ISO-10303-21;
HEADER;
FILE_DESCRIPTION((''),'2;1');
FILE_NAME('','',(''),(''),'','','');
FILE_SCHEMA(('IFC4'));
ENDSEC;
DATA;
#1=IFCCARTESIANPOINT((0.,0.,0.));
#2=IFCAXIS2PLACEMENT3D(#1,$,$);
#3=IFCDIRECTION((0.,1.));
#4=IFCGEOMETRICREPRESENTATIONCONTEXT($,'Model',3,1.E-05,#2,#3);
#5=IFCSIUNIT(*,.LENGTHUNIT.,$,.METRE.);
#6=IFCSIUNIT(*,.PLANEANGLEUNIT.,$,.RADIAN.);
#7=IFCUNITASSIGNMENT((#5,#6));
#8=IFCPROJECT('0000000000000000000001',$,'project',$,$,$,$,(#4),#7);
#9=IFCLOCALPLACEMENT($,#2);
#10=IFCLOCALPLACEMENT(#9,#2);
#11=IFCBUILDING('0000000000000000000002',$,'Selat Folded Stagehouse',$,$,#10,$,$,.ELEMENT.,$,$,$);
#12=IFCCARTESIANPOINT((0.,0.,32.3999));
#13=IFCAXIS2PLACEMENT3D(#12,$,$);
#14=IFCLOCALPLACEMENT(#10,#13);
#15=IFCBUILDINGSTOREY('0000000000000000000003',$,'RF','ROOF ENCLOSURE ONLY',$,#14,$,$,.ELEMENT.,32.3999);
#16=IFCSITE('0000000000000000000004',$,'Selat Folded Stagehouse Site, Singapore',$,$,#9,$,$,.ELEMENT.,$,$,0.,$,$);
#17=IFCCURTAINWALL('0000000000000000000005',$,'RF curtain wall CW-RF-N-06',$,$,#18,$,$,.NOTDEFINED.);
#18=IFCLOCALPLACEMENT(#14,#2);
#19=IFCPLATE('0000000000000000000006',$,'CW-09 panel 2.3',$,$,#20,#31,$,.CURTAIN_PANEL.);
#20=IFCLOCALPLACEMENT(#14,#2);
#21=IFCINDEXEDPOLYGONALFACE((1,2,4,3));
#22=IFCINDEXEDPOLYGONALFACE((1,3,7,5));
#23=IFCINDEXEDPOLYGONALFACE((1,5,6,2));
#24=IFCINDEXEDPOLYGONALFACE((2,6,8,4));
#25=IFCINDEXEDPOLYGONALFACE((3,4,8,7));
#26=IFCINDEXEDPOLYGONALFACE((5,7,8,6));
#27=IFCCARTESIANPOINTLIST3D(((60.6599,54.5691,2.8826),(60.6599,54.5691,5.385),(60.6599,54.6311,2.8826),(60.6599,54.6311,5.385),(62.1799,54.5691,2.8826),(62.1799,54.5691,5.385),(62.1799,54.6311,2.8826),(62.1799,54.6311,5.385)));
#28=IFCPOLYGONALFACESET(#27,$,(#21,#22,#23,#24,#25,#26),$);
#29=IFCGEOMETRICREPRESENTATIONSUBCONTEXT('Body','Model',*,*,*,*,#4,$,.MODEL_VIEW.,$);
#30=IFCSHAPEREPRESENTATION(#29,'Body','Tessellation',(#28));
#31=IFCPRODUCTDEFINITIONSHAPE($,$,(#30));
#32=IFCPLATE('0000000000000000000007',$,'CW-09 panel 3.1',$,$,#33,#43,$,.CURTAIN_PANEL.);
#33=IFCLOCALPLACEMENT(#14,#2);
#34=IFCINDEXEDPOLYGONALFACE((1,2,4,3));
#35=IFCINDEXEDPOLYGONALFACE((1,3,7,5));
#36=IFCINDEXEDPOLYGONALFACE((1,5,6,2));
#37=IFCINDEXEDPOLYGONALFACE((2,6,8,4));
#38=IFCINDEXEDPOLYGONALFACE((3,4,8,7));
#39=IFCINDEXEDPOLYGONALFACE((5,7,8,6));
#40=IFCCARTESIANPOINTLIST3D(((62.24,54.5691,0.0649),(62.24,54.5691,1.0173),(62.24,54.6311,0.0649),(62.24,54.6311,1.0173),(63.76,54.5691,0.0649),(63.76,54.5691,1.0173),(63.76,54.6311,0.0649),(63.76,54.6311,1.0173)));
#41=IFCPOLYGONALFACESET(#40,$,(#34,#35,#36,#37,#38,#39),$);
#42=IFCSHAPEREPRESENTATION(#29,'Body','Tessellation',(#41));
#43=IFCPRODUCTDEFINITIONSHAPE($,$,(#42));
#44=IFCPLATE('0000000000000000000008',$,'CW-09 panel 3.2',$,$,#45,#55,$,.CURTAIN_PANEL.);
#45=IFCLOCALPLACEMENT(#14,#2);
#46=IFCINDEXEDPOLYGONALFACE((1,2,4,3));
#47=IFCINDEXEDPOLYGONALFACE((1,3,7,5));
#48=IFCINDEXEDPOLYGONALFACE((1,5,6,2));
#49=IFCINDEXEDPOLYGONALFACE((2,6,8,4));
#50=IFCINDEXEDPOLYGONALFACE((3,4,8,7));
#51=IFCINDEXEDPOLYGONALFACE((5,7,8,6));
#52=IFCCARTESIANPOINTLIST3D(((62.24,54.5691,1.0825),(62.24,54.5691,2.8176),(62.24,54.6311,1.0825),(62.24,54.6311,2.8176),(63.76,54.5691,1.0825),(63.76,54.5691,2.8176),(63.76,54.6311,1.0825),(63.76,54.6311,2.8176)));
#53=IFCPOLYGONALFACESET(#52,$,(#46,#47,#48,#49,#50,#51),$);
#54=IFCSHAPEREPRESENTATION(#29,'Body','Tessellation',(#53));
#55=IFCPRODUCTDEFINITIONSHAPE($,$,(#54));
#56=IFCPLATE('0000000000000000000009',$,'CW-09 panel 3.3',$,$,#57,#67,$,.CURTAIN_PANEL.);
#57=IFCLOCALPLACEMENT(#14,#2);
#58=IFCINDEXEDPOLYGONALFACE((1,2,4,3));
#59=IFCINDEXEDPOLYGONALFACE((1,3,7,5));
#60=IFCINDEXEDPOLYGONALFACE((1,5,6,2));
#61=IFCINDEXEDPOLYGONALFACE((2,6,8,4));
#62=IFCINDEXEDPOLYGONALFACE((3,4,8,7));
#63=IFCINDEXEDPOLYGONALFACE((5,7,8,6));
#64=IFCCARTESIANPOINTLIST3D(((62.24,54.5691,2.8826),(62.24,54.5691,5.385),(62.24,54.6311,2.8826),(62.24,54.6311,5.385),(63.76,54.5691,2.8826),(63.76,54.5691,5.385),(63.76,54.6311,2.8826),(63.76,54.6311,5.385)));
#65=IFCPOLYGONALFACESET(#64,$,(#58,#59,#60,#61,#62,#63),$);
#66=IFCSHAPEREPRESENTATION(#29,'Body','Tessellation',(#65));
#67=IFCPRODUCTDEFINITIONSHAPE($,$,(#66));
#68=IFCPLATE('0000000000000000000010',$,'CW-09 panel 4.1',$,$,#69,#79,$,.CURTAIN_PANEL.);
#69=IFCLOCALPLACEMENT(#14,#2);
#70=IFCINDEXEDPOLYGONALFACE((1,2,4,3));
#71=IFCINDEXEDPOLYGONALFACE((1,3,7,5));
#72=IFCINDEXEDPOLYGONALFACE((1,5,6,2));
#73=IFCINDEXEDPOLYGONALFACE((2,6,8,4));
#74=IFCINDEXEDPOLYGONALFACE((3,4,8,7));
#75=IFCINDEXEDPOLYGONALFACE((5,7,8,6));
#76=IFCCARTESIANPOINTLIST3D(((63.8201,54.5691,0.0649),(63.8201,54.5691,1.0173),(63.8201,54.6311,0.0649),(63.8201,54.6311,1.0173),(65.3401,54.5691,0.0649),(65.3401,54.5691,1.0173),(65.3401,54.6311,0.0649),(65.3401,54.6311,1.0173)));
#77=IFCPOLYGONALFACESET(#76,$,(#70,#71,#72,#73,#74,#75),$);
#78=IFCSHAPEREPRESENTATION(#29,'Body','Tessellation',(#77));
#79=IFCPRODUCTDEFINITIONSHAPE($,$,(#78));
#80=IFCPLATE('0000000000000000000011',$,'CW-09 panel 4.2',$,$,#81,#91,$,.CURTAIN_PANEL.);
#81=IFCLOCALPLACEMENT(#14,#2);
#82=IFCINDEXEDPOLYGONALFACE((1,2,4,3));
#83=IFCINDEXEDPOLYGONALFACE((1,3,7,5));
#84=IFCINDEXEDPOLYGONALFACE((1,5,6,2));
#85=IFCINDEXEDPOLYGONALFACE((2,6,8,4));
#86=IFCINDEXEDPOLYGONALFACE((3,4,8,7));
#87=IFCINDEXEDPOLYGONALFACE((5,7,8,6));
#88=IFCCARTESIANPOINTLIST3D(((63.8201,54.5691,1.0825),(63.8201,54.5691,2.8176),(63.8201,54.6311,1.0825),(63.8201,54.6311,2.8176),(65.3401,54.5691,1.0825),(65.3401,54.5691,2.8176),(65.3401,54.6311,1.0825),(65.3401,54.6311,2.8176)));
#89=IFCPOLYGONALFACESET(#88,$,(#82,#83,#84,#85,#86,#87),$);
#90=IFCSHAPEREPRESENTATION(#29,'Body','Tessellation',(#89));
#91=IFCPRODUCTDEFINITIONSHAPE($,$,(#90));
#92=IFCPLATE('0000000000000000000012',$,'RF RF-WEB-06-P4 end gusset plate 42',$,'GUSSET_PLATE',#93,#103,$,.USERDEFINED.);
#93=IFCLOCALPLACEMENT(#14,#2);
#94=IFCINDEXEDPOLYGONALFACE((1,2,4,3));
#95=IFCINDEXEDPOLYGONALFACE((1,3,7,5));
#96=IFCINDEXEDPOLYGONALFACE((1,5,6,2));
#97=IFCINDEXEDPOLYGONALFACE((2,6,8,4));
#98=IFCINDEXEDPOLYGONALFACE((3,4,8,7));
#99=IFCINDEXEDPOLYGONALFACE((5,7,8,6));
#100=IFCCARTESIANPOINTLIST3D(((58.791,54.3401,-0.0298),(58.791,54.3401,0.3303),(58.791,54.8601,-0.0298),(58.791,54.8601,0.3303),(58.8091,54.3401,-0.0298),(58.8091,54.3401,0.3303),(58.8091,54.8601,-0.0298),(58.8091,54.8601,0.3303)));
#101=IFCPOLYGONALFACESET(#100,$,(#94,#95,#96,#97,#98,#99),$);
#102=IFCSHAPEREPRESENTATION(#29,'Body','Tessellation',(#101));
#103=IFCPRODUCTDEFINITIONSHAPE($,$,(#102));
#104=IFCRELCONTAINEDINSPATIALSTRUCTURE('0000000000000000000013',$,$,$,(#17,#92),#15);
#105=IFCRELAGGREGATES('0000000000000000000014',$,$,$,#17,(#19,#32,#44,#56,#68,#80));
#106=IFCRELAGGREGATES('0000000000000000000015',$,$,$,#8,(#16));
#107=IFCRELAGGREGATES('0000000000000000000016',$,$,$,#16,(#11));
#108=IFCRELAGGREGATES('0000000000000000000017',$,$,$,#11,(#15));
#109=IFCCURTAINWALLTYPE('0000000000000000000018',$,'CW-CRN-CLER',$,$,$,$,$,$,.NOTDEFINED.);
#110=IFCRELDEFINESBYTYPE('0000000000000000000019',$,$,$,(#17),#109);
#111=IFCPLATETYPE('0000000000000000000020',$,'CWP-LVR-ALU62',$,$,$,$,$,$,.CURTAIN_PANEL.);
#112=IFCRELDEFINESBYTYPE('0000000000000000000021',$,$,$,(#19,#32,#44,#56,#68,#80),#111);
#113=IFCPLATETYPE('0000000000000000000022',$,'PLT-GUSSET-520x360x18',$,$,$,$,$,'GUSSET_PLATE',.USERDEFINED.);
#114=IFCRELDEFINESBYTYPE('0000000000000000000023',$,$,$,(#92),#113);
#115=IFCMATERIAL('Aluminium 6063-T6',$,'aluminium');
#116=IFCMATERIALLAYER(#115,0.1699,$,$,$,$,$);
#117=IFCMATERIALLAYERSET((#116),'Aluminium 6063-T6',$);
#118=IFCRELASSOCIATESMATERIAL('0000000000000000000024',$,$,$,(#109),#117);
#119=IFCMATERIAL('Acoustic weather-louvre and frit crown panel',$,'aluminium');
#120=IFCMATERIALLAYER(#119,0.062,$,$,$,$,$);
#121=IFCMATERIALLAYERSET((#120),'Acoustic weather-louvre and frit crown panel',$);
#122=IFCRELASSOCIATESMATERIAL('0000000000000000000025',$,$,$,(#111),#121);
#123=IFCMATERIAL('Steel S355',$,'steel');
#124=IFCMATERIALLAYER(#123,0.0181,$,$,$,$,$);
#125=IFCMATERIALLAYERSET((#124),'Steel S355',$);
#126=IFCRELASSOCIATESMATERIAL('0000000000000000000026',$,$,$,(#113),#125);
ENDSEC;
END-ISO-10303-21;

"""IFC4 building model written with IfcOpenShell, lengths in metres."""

from ifc_helpers import new_model, si_unit, direction, frame, origin, origin_2d, place, context, subcontext, project, spatial, rectangle, extrude, material, layer, layer_set, type_object, element, aggregate, save


model = new_model("IFC4")

# Units and contexts
model_context = context("Model", 3, precision=1e-05, world=origin(), true_north=direction((0.0, 1.0)))
body_context = subcontext(model_context, "Body", "Model", "MODEL_VIEW")
ifc_project = project(units=[si_unit("LENGTHUNIT", "METRE"), si_unit("PLANEANGLEUNIT", "RADIAN")], contexts=[model_context])

# Site, building, storey
site_placement = place(None, origin())
site = spatial("IfcSite", under=ifc_project, at=site_placement, Name="Selat Folded Stagehouse Site, Singapore", CompositionType="ELEMENT", RefElevation=0.0)
building_placement = place(site_placement, origin())
building = spatial("IfcBuilding", under=site, at=building_placement, Name="Selat Folded Stagehouse", CompositionType="ELEMENT")
storey_placement = place(building_placement, frame((0.0, 0.0, 32.3999)))
storey = spatial("IfcBuildingStorey", under=building, at=storey_placement, Name="RF", Description="ROOF ENCLOSURE ONLY", CompositionType="ELEMENT", Elevation=32.3999)

# Shared definitions
ifc_material_1 = material(Name="Steel S355", Category="steel")

# Curtain wall
ifc_material_2 = material(Name="Aluminium 6063-T6", Category="aluminium")
ifc_layer_1 = layer(ifc_material_2, 0.1699)
ifc_layer_set_1 = layer_set([ifc_layer_1], Name="Aluminium 6063-T6")
curtain_wall_type = type_object("IfcCurtainWallType", Name="CW-CRN-CLER", PredefinedType="NOTDEFINED", material=ifc_layer_set_1)
curtain_wall_placement = place(storey_placement, origin())
curtain_wall = element("IfcCurtainWall", 1, at=curtain_wall_placement, inside=storey, type_object=curtain_wall_type, Name="RF curtain wall CW-RF-N-06", PredefinedType="NOTDEFINED")

# Plates
ifc_material_3 = material(Name="Acoustic weather-louvre and frit crown panel", Category="aluminium")
ifc_layer_2 = layer(ifc_material_3, 0.062)
ifc_layer_set_2 = layer_set([ifc_layer_2], Name="Acoustic weather-louvre and frit crown panel")
plate_type_1 = type_object("IfcPlateType", Name="CWP-LVR-ALU62", PredefinedType="CURTAIN_PANEL", material=ifc_layer_set_2)
plate_1_placement = place(storey_placement, frame((61.4199, 54.6001, 2.8826), z_axis=(0.0, 0.0, 1.0), x_axis=(1.0, 0.0, 0.0)))
plate_1 = element("IfcPlate", 2, at=plate_1_placement, type_object=plate_type_1, Name="CW-09 panel 2.3", PredefinedType="CURTAIN_PANEL", context=body_context, shape_type="SweptSolid", body=[
    extrude(rectangle(XDim=1.52, YDim=0.062, at=origin_2d()), origin(), (0.0, 0.0, 1.0), 2.5024),
])
plate_2_placement = place(storey_placement, frame((63.0, 54.6001, 0.0649), z_axis=(0.0, 0.0, 1.0), x_axis=(1.0, 0.0, 0.0)))
plate_2 = element("IfcPlate", 3, at=plate_2_placement, type_object=plate_type_1, Name="CW-09 panel 3.1", PredefinedType="CURTAIN_PANEL", context=body_context, shape_type="SweptSolid", body=[
    extrude(rectangle(XDim=1.52, YDim=0.062, at=origin_2d()), origin(), (0.0, 0.0, 1.0), 0.9524),
])
plate_3_placement = place(storey_placement, frame((63.0, 54.6001, 1.0825), z_axis=(0.0, 0.0, 1.0), x_axis=(1.0, 0.0, 0.0)))
plate_3 = element("IfcPlate", 4, at=plate_3_placement, type_object=plate_type_1, Name="CW-09 panel 3.2", PredefinedType="CURTAIN_PANEL", context=body_context, shape_type="SweptSolid", body=[
    extrude(rectangle(XDim=1.52, YDim=0.062, at=origin_2d()), origin(), (0.0, 0.0, 1.0), 1.7351),
])
plate_4_placement = place(storey_placement, frame((63.0, 54.6001, 2.8826), z_axis=(0.0, 0.0, 1.0), x_axis=(1.0, 0.0, 0.0)))
plate_4 = element("IfcPlate", 5, at=plate_4_placement, type_object=plate_type_1, Name="CW-09 panel 3.3", PredefinedType="CURTAIN_PANEL", context=body_context, shape_type="SweptSolid", body=[
    extrude(rectangle(XDim=1.52, YDim=0.062, at=origin_2d()), origin(), (0.0, 0.0, 1.0), 2.5024),
])
plate_5_placement = place(storey_placement, frame((64.5801, 54.6001, 0.0649), z_axis=(0.0, 0.0, 1.0), x_axis=(1.0, 0.0, 0.0)))
plate_5 = element("IfcPlate", 6, at=plate_5_placement, type_object=plate_type_1, Name="CW-09 panel 4.1", PredefinedType="CURTAIN_PANEL", context=body_context, shape_type="SweptSolid", body=[
    extrude(rectangle(XDim=1.52, YDim=0.062, at=origin_2d()), origin(), (0.0, 0.0, 1.0), 0.9524),
])
plate_6_placement = place(storey_placement, frame((64.5801, 54.6001, 1.0825), z_axis=(0.0, 0.0, 1.0), x_axis=(1.0, 0.0, 0.0)))
plate_6 = element("IfcPlate", 7, at=plate_6_placement, type_object=plate_type_1, Name="CW-09 panel 4.2", PredefinedType="CURTAIN_PANEL", context=body_context, shape_type="SweptSolid", body=[
    extrude(rectangle(XDim=1.52, YDim=0.062, at=origin_2d()), origin(), (0.0, 0.0, 1.0), 1.7351),
])
aggregate(curtain_wall, [plate_1, plate_2, plate_3, plate_4, plate_5, plate_6])
ifc_layer_3 = layer(ifc_material_1, 0.0181)
ifc_layer_set_3 = layer_set([ifc_layer_3], Name="Steel S355")
plate_type_2 = type_object("IfcPlateType", Name="PLT-GUSSET-520x360x18", ElementType="GUSSET_PLATE", PredefinedType="USERDEFINED", material=ifc_layer_set_3)
plate_7_placement = place(storey_placement, frame((58.8, 54.6001, -0.0298), z_axis=(0.0, 0.0, 1.0), x_axis=(0.0, 1.0, 0.0)))
element("IfcPlate", 8, at=plate_7_placement, inside=storey, type_object=plate_type_2, Name="RF RF-WEB-06-P4 end gusset plate 42", ObjectType="GUSSET_PLATE", PredefinedType="USERDEFINED", context=body_context, shape_type="SweptSolid", body=[
    extrude(rectangle(XDim=0.52, YDim=0.0181, at=origin_2d()), origin(), (0.0, 0.0, 1.0), 0.3601),
])

save(model, "model.ifc")
